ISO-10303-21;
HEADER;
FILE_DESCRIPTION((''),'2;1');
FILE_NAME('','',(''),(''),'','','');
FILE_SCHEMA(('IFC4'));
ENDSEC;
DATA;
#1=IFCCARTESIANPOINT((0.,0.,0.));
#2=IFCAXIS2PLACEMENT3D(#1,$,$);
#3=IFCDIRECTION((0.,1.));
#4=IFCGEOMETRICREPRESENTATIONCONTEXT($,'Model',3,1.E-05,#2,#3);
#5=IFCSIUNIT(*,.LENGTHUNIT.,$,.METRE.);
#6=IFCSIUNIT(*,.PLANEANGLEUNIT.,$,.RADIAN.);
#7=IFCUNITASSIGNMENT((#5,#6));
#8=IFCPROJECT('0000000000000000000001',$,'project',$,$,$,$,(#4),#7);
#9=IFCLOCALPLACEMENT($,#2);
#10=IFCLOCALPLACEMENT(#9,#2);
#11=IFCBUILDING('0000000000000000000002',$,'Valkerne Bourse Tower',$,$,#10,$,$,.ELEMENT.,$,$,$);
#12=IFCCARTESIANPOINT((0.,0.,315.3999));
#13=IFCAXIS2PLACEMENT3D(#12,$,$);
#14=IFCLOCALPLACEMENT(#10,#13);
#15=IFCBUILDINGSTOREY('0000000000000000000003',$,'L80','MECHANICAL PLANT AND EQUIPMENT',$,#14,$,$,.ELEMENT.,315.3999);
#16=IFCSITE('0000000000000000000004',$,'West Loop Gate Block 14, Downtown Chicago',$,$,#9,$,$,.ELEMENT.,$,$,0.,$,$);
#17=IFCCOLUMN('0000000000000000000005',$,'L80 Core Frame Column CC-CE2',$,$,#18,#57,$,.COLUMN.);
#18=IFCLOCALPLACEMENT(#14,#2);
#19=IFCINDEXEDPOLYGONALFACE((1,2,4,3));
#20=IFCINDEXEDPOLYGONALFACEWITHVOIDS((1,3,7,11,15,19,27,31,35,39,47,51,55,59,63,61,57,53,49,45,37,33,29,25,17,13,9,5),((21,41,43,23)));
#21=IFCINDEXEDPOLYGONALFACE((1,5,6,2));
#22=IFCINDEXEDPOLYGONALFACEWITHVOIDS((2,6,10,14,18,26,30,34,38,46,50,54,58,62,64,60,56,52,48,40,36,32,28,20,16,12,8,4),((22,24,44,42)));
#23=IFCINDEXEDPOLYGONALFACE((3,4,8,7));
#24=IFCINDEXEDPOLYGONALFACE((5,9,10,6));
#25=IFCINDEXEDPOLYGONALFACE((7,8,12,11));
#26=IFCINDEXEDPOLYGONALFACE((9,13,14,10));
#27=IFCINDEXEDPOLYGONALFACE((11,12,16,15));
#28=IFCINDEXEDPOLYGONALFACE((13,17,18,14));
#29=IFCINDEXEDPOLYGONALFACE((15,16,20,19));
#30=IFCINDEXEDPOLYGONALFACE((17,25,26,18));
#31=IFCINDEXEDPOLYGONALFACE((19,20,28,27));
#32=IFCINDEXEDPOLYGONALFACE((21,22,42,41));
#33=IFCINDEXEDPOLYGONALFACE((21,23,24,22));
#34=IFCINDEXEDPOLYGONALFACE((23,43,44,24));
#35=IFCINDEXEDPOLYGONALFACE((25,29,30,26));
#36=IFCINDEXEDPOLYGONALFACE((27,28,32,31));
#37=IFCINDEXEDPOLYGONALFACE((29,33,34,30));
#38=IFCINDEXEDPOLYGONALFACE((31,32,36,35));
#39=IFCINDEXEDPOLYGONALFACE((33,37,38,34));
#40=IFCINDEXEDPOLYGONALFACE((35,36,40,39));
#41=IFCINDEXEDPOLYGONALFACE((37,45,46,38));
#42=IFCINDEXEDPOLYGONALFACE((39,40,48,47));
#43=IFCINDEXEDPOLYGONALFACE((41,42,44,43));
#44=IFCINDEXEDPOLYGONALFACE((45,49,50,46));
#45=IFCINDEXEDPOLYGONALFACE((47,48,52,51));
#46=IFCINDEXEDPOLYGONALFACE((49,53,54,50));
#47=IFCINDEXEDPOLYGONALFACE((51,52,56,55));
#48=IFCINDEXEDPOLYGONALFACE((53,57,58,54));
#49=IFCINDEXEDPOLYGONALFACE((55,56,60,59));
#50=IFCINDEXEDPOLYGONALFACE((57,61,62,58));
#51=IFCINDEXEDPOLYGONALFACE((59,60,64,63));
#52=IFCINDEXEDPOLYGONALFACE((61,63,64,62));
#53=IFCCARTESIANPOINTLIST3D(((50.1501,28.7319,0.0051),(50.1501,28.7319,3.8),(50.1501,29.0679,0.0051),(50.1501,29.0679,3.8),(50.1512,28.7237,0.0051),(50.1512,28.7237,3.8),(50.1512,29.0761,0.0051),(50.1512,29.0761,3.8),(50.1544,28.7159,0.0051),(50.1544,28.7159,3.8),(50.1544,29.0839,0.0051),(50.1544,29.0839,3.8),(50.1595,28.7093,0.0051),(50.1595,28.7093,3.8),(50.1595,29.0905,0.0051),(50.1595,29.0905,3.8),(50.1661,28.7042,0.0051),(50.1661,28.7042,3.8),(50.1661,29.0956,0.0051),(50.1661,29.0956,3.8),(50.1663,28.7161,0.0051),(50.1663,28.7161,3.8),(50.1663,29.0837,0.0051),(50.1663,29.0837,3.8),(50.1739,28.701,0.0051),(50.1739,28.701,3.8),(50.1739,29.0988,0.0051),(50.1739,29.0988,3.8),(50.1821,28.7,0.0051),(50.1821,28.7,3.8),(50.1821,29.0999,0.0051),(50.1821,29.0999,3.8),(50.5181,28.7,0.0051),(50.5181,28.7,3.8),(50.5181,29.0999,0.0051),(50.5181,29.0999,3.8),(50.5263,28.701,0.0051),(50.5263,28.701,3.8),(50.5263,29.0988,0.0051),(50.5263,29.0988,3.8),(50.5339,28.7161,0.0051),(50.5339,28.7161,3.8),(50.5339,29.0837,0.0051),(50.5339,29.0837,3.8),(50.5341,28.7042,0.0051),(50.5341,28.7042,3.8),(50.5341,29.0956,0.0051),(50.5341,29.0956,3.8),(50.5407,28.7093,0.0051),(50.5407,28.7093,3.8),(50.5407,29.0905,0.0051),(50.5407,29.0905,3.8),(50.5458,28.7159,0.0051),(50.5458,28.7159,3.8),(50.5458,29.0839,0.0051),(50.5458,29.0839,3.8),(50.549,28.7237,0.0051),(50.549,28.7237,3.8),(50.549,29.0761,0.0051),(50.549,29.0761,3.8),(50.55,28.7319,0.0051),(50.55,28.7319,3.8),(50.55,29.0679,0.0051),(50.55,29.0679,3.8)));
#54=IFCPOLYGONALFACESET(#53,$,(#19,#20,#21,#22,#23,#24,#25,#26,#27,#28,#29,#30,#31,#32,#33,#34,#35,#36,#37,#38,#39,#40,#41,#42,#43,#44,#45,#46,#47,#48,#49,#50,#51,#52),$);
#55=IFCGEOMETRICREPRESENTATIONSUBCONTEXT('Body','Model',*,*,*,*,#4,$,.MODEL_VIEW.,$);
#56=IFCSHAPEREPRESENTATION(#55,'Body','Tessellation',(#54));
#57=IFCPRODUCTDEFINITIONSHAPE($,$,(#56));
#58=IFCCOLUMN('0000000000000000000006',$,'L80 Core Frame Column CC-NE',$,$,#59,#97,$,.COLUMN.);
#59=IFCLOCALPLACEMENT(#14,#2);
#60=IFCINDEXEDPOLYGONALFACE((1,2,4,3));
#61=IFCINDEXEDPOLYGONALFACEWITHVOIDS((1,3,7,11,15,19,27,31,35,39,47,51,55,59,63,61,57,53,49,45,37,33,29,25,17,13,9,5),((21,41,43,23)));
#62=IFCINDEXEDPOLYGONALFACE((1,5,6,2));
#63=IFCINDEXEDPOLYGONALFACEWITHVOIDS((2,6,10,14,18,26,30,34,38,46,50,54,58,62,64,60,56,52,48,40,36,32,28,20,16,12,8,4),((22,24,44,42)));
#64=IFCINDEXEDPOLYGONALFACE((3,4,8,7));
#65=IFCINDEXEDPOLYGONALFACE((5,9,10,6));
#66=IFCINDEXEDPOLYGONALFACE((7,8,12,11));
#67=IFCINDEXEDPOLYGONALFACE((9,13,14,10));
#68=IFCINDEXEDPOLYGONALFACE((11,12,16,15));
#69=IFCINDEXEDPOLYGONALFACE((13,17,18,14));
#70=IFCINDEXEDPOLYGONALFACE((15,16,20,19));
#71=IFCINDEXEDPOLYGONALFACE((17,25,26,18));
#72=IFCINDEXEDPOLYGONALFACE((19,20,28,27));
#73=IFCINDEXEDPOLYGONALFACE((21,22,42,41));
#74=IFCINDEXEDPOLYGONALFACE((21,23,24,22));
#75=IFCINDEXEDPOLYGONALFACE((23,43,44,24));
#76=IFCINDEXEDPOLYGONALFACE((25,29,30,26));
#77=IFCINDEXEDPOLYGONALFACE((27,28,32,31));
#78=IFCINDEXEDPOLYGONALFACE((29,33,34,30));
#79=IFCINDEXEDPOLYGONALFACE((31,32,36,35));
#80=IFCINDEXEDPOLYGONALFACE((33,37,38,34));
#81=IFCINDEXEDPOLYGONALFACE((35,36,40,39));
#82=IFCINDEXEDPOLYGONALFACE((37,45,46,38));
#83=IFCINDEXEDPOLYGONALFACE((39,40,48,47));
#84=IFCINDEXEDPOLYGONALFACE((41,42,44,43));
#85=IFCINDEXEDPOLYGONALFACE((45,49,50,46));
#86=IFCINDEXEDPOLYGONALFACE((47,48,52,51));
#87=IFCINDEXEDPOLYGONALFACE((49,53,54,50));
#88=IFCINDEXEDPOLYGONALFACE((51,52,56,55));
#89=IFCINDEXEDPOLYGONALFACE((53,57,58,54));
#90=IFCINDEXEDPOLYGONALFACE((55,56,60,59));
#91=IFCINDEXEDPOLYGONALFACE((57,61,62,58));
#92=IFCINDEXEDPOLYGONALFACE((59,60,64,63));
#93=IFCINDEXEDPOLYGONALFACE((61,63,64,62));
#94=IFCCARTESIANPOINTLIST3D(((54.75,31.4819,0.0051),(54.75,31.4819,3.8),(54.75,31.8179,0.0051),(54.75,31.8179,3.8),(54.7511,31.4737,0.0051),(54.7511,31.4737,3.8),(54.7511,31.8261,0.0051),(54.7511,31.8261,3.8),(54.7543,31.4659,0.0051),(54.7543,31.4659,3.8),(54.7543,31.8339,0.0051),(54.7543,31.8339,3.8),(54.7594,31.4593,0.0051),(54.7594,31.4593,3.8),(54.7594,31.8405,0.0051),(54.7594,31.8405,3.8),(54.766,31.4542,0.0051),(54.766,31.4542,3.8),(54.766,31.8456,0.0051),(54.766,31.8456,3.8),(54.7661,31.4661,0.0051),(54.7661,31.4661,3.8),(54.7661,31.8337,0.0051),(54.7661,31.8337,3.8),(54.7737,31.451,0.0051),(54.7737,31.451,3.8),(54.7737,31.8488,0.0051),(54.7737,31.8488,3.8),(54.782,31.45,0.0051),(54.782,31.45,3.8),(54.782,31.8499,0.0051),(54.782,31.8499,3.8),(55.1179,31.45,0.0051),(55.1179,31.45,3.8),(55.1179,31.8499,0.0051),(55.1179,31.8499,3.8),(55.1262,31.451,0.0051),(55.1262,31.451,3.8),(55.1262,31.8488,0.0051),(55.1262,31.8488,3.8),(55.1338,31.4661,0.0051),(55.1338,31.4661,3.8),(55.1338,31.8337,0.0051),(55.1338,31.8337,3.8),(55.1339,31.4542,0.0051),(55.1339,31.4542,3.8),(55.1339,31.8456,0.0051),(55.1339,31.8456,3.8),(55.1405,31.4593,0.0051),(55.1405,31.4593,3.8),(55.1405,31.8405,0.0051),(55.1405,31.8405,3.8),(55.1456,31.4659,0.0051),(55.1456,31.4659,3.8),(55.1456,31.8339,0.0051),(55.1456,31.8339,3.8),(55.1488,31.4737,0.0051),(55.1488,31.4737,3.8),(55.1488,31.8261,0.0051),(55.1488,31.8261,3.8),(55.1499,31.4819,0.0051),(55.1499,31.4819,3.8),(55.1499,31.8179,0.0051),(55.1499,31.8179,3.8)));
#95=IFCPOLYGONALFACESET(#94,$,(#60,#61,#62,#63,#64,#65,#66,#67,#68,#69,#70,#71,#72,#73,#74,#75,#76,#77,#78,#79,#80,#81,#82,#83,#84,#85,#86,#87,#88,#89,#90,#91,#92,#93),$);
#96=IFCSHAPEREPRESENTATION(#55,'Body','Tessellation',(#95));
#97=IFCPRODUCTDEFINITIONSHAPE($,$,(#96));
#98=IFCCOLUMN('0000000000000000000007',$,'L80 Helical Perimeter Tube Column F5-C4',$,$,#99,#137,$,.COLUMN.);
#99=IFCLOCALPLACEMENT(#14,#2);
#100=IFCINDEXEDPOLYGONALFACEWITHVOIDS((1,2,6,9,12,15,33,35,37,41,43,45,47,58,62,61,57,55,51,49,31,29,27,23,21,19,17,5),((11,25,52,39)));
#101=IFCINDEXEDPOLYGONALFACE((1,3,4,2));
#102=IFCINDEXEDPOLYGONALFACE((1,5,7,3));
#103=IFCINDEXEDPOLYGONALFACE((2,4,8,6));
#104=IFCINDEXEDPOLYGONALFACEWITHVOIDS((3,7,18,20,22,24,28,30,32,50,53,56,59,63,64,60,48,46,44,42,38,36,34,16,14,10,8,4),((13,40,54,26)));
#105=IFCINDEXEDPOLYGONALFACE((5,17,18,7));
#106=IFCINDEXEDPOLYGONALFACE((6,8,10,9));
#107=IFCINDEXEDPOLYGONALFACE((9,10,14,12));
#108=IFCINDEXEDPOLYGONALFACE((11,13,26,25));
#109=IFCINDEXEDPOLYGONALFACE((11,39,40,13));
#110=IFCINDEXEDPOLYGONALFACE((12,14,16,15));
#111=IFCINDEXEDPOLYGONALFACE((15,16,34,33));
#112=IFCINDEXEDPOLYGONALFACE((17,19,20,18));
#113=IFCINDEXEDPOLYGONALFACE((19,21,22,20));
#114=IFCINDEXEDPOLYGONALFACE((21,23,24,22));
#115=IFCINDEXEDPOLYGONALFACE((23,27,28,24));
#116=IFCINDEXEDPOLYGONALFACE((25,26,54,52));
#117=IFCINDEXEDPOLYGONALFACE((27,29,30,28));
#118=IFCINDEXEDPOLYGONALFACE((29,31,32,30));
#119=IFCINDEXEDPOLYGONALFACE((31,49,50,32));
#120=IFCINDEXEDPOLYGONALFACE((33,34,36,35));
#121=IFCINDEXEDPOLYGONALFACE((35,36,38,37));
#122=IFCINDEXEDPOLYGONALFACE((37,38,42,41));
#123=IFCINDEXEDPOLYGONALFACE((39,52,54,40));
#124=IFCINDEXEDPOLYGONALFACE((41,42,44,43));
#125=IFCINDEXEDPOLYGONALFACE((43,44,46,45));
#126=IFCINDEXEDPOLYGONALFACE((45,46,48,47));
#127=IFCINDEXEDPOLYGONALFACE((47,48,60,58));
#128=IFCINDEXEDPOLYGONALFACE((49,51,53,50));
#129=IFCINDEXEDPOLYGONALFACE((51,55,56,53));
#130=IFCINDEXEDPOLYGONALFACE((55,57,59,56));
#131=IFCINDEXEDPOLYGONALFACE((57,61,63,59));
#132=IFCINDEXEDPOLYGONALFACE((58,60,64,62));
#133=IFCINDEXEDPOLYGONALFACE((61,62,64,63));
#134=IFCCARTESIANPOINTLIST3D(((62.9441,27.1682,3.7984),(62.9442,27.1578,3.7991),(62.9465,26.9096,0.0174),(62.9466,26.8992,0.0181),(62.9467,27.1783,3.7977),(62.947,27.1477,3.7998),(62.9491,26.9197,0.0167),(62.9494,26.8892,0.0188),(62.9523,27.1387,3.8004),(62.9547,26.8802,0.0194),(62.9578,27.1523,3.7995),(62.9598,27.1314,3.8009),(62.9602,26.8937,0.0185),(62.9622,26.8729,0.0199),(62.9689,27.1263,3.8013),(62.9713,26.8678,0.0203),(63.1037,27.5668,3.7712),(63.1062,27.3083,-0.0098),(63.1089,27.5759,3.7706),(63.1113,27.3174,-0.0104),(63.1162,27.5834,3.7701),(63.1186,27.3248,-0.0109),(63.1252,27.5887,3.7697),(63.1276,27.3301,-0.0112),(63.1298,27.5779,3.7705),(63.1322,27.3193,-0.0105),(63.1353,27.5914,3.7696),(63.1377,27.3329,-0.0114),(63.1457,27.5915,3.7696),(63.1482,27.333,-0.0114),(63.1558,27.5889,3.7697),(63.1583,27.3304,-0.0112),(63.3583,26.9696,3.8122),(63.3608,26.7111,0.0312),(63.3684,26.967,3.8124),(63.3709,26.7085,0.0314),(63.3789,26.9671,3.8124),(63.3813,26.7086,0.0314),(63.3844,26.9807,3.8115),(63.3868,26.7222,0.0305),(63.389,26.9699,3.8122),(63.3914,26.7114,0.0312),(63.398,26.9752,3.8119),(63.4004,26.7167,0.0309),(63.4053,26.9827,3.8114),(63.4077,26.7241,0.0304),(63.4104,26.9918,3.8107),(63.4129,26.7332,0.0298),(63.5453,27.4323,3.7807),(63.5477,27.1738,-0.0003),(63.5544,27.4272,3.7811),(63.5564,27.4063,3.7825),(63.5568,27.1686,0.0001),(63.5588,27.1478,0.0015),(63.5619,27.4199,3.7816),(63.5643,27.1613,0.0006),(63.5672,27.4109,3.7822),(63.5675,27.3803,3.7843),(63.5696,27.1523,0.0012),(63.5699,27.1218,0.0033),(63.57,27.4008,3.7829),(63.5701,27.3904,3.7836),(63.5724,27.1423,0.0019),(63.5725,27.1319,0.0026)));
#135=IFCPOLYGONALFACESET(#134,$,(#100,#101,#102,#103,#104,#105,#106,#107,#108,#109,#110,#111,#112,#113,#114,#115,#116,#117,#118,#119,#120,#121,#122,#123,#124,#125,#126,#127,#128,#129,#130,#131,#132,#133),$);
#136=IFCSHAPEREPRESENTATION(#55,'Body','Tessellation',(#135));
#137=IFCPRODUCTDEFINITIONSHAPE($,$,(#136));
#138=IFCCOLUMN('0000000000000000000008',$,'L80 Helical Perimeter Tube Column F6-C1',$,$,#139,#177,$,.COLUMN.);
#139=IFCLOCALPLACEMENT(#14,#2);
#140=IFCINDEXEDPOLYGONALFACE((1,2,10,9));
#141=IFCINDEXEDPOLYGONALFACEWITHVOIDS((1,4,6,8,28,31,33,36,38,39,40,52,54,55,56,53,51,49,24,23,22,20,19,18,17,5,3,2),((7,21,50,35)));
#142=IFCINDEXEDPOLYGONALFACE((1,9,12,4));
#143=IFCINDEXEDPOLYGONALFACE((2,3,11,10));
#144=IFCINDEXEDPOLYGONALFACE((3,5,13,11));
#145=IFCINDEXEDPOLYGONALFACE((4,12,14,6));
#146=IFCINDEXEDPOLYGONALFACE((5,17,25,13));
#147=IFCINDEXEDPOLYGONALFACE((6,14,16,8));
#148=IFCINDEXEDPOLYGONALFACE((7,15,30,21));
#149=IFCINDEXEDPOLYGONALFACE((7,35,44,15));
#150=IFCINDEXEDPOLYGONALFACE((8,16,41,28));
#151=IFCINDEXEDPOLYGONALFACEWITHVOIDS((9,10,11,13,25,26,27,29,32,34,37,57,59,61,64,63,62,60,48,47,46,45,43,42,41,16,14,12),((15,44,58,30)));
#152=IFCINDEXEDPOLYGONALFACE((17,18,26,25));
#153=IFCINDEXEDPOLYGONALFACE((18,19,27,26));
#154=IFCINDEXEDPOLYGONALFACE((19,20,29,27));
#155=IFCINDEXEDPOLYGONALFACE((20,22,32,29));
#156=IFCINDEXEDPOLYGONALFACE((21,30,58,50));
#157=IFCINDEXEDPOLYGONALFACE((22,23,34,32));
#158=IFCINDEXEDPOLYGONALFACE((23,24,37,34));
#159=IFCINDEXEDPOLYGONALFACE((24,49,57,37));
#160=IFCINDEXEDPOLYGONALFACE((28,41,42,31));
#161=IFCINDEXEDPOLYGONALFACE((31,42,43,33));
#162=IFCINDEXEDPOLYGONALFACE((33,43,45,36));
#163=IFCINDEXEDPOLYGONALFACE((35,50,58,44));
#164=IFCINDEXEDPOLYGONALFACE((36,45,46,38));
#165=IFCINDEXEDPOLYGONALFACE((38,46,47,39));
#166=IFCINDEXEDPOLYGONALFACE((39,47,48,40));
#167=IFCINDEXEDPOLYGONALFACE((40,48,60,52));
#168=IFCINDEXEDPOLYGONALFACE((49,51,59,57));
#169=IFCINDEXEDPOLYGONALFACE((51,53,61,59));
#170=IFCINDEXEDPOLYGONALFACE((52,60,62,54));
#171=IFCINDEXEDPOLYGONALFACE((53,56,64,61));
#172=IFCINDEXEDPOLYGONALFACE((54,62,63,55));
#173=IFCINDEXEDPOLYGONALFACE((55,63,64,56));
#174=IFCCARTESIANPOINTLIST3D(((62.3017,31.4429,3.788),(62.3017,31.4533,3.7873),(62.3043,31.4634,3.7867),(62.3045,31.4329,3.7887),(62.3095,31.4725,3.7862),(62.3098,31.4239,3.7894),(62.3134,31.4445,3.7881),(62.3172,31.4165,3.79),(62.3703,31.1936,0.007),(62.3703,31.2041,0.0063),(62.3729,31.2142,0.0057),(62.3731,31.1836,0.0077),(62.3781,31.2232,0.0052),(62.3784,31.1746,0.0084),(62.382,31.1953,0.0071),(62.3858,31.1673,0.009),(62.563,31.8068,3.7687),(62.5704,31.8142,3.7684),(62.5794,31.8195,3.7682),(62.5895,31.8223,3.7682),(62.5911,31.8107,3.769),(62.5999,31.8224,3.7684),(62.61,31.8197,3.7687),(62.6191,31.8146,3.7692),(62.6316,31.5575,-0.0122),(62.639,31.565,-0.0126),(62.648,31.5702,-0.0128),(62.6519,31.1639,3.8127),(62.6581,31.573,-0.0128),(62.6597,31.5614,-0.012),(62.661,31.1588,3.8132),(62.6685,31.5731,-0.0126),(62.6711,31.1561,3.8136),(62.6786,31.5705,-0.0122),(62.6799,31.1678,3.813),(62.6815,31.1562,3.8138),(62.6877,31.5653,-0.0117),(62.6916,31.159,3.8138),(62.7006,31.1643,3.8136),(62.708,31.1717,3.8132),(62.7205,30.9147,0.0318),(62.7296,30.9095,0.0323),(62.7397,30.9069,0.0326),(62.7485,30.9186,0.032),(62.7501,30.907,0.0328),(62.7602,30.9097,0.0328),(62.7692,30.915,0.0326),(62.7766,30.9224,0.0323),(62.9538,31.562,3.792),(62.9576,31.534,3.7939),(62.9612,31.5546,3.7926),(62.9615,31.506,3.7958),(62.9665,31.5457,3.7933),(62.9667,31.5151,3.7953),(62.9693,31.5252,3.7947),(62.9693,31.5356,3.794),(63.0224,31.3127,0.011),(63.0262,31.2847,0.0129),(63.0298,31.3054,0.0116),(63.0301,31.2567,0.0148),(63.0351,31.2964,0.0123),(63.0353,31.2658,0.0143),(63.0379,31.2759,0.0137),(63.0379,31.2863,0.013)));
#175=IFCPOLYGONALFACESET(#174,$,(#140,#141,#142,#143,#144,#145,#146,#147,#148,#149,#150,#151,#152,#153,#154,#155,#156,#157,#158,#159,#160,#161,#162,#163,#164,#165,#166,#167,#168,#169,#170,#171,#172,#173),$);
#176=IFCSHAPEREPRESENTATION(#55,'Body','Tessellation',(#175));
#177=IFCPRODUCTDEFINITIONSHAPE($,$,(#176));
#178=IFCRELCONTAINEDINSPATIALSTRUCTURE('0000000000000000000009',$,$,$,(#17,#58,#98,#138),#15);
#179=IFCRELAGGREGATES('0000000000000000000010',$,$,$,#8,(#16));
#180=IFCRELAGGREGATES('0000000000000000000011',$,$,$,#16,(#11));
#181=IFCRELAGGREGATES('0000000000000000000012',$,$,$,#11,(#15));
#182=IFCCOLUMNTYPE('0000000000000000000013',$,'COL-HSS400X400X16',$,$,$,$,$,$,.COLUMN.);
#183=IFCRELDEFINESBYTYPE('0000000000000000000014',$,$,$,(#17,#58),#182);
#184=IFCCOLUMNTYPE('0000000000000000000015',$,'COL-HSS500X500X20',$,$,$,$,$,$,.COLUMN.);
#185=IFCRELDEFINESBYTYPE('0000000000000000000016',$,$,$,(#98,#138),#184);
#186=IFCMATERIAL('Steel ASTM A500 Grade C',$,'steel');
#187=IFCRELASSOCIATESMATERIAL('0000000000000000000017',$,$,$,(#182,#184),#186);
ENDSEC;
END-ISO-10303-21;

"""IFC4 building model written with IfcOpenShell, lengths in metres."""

from ifc_helpers import new_model, si_unit, direction, frame, origin, origin_2d, place, context, subcontext, project, spatial, hollow_rectangle, extrude, material, material_profile, profile_set, type_object, element, save


model = new_model("IFC4")

# Units and contexts
model_context = context("Model", 3, precision=1e-05, world=origin(), true_north=direction((0.0, 1.0)))
body_context = subcontext(model_context, "Body", "Model", "MODEL_VIEW")
ifc_project = project(units=[si_unit("LENGTHUNIT", "METRE"), si_unit("PLANEANGLEUNIT", "RADIAN")], contexts=[model_context])

# Site, building, storey
site_placement = place(None, origin())
site = spatial("IfcSite", under=ifc_project, at=site_placement, Name="West Loop Gate Block 14, Downtown Chicago", CompositionType="ELEMENT", RefElevation=0.0)
building_placement = place(site_placement, origin())
building = spatial("IfcBuilding", under=site, at=building_placement, Name="Valkerne Bourse Tower", CompositionType="ELEMENT")
storey_placement = place(building_placement, frame((0.0, 0.0, 315.3999)))
storey = spatial("IfcBuildingStorey", under=building, at=storey_placement, Name="L80", Description="MECHANICAL PLANT AND EQUIPMENT", CompositionType="ELEMENT", Elevation=315.3999)

# Columns
ifc_material_1 = material(Name="Steel ASTM A500 Grade C", Category="steel")
ifc_material_profile_1 = material_profile(ifc_material_1, hollow_rectangle(XDim=0.3999, YDim=0.3999, WallThickness=0.0161, OuterFilletRadius=0.032, at=origin_2d()), Name="HSS400X400X16")
ifc_profile_set_1 = profile_set([ifc_material_profile_1], Name="Steel ASTM A500 Grade C")
column_type_1 = type_object("IfcColumnType", Name="COL-HSS400X400X16", PredefinedType="COLUMN", material=ifc_profile_set_1)
for number, where, z_axis, x_axis, name in (
    (1, (50.3501, 28.8999, 0.0051), (0.0, 0.0, 1.0), (1.0, 0.0, 0.0), "L80 Core Frame Column CC-CE2"),
    (2, (54.95, 31.6499, 0.0051), (0.0, 0.0, 1.0), (1.0, 0.0, 0.0), "L80 Core Frame Column CC-NE"),
):
    element("IfcColumn", number, at=place(storey_placement, frame(where, z_axis=z_axis, x_axis=x_axis)), inside=storey, type_object=column_type_1, Name=name, PredefinedType="COLUMN", context=body_context, shape_type="SweptSolid", body=[
        extrude(hollow_rectangle(XDim=0.3999, YDim=0.3999, WallThickness=0.0161, OuterFilletRadius=0.032, at=origin_2d()), origin(), (0.0, 0.0, 1.0), 3.7949),
    ])
ifc_material_profile_2 = material_profile(ifc_material_1, hollow_rectangle(XDim=0.5, YDim=0.5, WallThickness=0.02, OuterFilletRadius=0.04, at=origin_2d()), Name="HSS500X500X20")
ifc_profile_set_2 = profile_set([ifc_material_profile_2], Name="Steel ASTM A500 Grade C")
column_type_2 = type_object("IfcColumnType", Name="COL-HSS500X500X20", PredefinedType="COLUMN", material=ifc_profile_set_2)
for number, where, z_axis, x_axis, name in (
    (3, (63.2595, 27.0208, 0.01), (-0.000644, 0.068221, 0.99767), (-0.373963, -0.925299, 0.06303), "L80 Helical Perimeter Tube Column F5-C4"),
    (4, (62.7041, 31.24, 0.01), (-0.018102, 0.065773, 0.99767), (0.796967, -0.601593, 0.054121), "L80 Helical Perimeter Tube Column F6-C1"),
):
    element("IfcColumn", number, at=place(storey_placement, frame(where, z_axis=z_axis, x_axis=x_axis)), inside=storey, type_object=column_type_2, Name=name, PredefinedType="COLUMN", context=body_context, shape_type="SweptSolid", body=[
        extrude(hollow_rectangle(XDim=0.5, YDim=0.5, WallThickness=0.02, OuterFilletRadius=0.04, at=origin_2d()), origin(), (0.0, 0.0, 1.0), 3.7898),
    ])

save(model, "model.ifc")
